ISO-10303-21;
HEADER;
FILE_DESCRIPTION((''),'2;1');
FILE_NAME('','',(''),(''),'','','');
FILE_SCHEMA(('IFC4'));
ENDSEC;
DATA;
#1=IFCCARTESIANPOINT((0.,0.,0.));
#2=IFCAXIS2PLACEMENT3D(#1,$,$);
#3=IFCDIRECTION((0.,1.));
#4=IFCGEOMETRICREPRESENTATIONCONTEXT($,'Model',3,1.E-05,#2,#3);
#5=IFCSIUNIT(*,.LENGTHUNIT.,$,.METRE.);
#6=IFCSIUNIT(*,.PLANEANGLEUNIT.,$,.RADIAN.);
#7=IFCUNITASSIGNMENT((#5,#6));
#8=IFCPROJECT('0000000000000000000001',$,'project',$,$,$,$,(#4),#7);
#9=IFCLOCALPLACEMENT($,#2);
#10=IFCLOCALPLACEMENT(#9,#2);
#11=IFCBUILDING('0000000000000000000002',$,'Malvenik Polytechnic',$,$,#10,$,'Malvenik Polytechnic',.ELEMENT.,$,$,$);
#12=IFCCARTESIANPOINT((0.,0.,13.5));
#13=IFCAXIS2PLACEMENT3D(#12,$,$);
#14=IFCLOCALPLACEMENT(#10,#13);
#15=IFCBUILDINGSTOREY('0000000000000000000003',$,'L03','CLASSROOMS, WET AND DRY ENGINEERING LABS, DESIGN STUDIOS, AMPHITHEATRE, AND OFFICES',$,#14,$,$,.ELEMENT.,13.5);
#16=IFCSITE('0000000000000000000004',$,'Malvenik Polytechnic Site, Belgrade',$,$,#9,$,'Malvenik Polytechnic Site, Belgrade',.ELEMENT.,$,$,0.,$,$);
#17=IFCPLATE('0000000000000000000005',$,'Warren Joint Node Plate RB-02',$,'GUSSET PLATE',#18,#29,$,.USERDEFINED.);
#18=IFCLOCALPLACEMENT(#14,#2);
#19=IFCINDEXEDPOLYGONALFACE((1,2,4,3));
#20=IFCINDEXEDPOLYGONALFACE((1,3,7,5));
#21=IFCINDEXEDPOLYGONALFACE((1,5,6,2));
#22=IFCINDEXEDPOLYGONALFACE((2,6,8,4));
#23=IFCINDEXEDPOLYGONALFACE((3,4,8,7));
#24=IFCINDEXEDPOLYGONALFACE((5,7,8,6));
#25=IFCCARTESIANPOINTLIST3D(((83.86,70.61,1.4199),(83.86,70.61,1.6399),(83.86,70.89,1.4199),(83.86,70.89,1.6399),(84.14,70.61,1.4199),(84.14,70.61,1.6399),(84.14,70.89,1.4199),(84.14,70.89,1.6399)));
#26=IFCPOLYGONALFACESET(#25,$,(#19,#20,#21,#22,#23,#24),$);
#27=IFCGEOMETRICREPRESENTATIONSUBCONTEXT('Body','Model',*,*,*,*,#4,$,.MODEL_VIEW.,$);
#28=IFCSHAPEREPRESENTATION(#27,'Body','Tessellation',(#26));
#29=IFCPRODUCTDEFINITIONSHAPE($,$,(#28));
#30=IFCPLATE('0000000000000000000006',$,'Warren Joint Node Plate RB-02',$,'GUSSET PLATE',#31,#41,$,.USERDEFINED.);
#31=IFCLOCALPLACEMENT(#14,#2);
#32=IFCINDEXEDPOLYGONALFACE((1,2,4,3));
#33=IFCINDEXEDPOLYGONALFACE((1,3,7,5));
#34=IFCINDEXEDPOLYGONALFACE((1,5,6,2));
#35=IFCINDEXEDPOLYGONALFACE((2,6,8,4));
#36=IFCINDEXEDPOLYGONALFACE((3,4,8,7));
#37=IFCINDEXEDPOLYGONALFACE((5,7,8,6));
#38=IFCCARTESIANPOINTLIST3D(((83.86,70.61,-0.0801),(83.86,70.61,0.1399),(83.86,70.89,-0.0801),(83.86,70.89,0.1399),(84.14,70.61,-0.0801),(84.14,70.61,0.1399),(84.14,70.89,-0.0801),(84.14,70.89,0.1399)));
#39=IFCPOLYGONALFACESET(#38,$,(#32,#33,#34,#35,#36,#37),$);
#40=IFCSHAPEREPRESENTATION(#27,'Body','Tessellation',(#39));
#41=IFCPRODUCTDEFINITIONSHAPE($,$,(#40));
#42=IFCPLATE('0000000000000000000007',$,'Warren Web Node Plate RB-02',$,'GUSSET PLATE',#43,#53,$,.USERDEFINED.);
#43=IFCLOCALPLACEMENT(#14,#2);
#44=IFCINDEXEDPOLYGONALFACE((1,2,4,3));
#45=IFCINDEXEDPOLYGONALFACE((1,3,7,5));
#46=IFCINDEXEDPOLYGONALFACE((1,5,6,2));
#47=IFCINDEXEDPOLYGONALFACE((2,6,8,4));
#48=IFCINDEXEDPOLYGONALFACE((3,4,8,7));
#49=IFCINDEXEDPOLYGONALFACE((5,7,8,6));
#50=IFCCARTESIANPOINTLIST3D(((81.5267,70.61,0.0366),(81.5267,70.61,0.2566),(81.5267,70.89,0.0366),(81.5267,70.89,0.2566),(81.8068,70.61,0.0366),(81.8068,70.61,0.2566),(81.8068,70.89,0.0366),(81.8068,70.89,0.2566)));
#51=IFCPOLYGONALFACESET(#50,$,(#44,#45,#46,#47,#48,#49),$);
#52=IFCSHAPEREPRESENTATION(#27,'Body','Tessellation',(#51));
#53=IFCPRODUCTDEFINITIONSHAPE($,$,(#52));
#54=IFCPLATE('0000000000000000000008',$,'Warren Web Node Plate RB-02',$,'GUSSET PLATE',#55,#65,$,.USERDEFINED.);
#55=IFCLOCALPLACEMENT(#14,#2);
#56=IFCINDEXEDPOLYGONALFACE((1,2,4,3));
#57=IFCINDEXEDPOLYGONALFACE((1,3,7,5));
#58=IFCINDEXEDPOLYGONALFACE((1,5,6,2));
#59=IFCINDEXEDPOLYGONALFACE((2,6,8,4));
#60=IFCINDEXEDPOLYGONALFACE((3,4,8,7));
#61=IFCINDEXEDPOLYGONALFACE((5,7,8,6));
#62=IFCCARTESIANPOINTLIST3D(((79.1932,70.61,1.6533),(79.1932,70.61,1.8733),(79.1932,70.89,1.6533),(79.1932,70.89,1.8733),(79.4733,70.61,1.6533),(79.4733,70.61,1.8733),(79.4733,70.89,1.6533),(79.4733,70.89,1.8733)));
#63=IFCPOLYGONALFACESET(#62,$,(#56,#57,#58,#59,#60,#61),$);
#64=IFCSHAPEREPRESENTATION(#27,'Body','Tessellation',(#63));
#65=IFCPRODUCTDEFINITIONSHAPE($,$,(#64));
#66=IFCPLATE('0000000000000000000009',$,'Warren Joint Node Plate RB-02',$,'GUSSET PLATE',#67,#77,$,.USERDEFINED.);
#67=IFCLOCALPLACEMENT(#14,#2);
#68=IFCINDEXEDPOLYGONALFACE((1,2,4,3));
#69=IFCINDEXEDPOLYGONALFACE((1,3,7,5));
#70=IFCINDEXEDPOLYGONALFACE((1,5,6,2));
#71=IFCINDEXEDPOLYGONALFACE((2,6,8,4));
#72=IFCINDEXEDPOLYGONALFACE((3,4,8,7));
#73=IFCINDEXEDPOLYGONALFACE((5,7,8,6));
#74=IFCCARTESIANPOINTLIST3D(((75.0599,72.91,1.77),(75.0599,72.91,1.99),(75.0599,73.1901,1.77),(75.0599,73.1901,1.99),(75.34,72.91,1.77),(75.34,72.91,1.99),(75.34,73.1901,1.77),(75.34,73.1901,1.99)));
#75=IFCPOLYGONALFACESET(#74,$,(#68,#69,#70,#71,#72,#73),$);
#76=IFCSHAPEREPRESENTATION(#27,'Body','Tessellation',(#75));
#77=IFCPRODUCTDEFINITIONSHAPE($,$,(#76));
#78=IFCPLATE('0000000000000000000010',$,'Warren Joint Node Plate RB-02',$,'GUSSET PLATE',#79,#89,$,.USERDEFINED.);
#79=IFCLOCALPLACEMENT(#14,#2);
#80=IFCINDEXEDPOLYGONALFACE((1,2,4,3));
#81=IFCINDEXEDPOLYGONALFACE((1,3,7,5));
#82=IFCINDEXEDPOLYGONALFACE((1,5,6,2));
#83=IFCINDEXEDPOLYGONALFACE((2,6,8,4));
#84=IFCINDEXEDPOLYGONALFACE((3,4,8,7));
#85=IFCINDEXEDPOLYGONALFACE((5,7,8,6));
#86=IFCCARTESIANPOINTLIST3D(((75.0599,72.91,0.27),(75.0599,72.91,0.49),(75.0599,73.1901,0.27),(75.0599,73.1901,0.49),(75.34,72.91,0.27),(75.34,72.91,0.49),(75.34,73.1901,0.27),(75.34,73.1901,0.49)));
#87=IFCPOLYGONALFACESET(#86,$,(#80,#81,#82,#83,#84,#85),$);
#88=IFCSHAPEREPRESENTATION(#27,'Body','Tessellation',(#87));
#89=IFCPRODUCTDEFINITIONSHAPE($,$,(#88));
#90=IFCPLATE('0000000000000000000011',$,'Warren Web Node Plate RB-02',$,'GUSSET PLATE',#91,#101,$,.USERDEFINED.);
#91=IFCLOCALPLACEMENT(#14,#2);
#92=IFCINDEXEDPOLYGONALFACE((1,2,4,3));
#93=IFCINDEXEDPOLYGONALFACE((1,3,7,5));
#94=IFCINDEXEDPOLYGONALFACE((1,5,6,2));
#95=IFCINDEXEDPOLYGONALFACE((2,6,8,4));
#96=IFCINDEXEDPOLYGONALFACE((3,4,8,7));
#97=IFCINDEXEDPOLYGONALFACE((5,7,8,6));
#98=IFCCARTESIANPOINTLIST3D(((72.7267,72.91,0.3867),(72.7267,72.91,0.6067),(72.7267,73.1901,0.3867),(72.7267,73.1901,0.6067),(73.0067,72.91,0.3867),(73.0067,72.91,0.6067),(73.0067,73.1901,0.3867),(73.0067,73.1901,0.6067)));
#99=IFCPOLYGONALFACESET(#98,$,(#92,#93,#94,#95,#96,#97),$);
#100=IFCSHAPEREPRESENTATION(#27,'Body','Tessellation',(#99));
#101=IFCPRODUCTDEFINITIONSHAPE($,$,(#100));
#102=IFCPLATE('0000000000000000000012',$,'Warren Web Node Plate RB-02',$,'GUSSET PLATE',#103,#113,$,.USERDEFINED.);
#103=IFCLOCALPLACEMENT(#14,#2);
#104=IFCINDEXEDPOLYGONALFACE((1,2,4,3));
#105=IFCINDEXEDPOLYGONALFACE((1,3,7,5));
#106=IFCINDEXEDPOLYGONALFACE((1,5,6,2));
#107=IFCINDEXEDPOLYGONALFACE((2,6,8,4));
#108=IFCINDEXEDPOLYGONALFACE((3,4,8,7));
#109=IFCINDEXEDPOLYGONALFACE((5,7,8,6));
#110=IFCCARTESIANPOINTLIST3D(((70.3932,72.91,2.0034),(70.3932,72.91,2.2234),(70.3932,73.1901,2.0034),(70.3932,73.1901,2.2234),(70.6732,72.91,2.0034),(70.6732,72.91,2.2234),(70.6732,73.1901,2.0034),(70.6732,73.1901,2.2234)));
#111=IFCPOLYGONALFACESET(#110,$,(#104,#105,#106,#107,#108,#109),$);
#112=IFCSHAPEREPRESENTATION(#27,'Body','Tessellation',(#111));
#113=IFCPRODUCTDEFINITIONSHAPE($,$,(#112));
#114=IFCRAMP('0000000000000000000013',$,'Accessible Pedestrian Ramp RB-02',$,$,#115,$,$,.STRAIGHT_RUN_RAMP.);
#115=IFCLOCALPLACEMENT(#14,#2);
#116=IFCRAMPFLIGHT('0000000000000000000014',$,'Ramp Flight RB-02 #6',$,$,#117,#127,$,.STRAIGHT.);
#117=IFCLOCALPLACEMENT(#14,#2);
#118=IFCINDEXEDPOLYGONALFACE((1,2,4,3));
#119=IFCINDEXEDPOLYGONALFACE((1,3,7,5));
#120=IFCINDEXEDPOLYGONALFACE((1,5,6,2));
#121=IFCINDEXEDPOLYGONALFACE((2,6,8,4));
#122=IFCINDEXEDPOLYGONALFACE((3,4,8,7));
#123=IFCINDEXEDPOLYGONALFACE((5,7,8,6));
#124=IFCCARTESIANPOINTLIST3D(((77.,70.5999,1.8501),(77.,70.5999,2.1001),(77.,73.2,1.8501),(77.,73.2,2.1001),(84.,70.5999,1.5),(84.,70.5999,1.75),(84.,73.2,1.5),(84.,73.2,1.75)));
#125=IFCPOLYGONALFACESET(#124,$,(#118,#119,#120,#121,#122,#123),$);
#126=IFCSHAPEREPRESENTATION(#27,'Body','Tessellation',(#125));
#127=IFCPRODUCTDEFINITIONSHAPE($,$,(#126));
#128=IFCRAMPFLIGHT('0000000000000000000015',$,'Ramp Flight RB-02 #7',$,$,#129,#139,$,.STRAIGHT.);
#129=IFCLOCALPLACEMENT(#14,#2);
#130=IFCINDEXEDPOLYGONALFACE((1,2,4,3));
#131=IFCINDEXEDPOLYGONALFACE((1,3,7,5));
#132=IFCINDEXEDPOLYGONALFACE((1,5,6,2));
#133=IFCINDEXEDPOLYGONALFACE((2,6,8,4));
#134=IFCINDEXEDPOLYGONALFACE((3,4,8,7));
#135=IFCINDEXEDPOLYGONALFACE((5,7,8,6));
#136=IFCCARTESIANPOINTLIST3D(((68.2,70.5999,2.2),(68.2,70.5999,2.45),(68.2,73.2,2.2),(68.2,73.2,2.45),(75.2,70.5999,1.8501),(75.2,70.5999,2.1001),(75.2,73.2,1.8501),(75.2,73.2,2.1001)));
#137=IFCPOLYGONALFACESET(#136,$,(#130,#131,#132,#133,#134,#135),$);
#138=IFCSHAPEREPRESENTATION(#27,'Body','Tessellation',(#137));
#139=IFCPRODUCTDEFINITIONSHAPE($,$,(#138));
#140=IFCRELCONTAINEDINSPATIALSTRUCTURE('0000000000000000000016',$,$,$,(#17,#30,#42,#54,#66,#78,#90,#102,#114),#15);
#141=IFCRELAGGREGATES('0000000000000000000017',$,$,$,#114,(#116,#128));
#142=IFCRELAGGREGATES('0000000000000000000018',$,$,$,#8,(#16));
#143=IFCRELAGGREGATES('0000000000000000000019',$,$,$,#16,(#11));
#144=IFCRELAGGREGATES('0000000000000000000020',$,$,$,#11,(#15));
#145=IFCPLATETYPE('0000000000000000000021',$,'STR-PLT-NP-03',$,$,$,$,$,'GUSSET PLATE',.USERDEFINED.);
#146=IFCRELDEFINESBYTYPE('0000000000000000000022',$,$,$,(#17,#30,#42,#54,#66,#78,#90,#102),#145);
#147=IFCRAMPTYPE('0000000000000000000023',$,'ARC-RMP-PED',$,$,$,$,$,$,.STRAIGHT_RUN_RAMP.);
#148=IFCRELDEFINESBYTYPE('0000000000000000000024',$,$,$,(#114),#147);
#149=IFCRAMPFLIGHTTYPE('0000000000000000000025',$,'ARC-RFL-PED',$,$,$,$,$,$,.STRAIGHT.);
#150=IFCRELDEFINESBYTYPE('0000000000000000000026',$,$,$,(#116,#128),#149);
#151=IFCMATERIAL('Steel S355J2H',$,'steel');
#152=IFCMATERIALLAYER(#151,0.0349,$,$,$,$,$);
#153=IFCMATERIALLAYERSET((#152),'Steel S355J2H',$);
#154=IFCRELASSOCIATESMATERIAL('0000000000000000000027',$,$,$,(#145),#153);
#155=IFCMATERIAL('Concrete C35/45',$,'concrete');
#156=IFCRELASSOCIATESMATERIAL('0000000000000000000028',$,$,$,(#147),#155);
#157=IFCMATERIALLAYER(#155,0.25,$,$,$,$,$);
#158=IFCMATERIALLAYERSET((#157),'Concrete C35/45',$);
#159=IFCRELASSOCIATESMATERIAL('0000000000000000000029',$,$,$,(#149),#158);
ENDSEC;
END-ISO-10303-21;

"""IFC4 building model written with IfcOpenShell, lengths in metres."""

from ifc_helpers import new_model, si_unit, direction, frame, origin, origin_2d, place, context, subcontext, project, spatial, polyline, rectangle, outline, extrude, material, layer, layer_set, type_object, element, aggregate, save


model = new_model("IFC4")

# Units and contexts
model_context = context("Model", 3, precision=1e-05, world=origin(), true_north=direction((0.0, 1.0)))
body_context = subcontext(model_context, "Body", "Model", "MODEL_VIEW")
ifc_project = project(units=[si_unit("LENGTHUNIT", "METRE"), si_unit("PLANEANGLEUNIT", "RADIAN")], contexts=[model_context])

# Site, building, storey
site_placement = place(None, origin())
site = spatial("IfcSite", under=ifc_project, at=site_placement, Name="Malvenik Polytechnic Site, Belgrade", LongName="Malvenik Polytechnic Site, Belgrade", CompositionType="ELEMENT", RefElevation=0.0)
building_placement = place(site_placement, origin())
building = spatial("IfcBuilding", under=site, at=building_placement, Name="Malvenik Polytechnic", LongName="Malvenik Polytechnic", CompositionType="ELEMENT")
storey_placement = place(building_placement, frame((0.0, 0.0, 13.5)))
storey = spatial("IfcBuildingStorey", under=building, at=storey_placement, Name="L03", Description="CLASSROOMS, WET AND DRY ENGINEERING LABS, DESIGN STUDIOS, AMPHITHEATRE, AND OFFICES", CompositionType="ELEMENT", Elevation=13.5)

# Shared definitions
ifc_material_1 = material(Name="Steel S355J2H", Category="steel")

# Plates
ifc_layer_1 = layer(ifc_material_1, 0.0349)
ifc_layer_set_1 = layer_set([ifc_layer_1], Name="Steel S355J2H")
plate_type = type_object("IfcPlateType", Name="STR-PLT-NP-03", ElementType="GUSSET PLATE", PredefinedType="USERDEFINED", material=ifc_layer_set_1)
for number, where, z_axis, x_axis, name in (
    (1, (84.0, 70.75, 1.4199), (0.0, 0.0, 1.0), (1.0, 0.0, 0.0), "Warren Joint Node Plate RB-02"),
    (2, (84.0, 70.75, -0.0801), (0.0, 0.0, 1.0), (1.0, 0.0, 0.0), "Warren Joint Node Plate RB-02"),
    (3, (81.6667, 70.75, 0.0366), (0.0, 0.0, 1.0), (1.0, 0.0, 0.0), "Warren Web Node Plate RB-02"),
    (4, (79.3333, 70.75, 1.6533), (0.0, 0.0, 1.0), (1.0, 0.0, 0.0), "Warren Web Node Plate RB-02"),
    (5, (75.2, 73.05, 1.77), (0.0, 0.0, 1.0), (1.0, 0.0, 0.0), "Warren Joint Node Plate RB-02"),
    (6, (75.2, 73.05, 0.27), (0.0, 0.0, 1.0), (1.0, 0.0, 0.0), "Warren Joint Node Plate RB-02"),
    (7, (72.8667, 73.05, 0.3867), (0.0, 0.0, 1.0), (1.0, 0.0, 0.0), "Warren Web Node Plate RB-02"),
    (8, (70.5332, 73.05, 2.0034), (0.0, 0.0, 1.0), (1.0, 0.0, 0.0), "Warren Web Node Plate RB-02"),
):
    element("IfcPlate", number, at=place(storey_placement, frame(where, z_axis=z_axis, x_axis=x_axis)), inside=storey, type_object=plate_type, Name=name, ObjectType="GUSSET PLATE", PredefinedType="USERDEFINED", context=body_context, shape_type="SweptSolid", body=[
        extrude(rectangle(XDim=0.28, YDim=0.28, at=origin_2d()), origin(), (0.0, 0.0, 1.0), 0.22),
    ])

# Ramp, ramp flights
ifc_material_2 = material(Name="Concrete C35/45", Category="concrete")
ramp_type = type_object("IfcRampType", Name="ARC-RMP-PED", PredefinedType="STRAIGHT_RUN_RAMP", material=ifc_material_2)
ramp_placement = place(storey_placement, origin())
ramp = element("IfcRamp", 9, at=ramp_placement, inside=storey, type_object=ramp_type, Name="Accessible Pedestrian Ramp RB-02", PredefinedType="STRAIGHT_RUN_RAMP")
ifc_layer_2 = layer(ifc_material_2, 0.25)
ifc_layer_set_2 = layer_set([ifc_layer_2], Name="Concrete C35/45")
ramp_flight_type = type_object("IfcRampFlightType", Name="ARC-RFL-PED", PredefinedType="STRAIGHT", material=ifc_layer_set_2)
ramp_flight_1_placement = place(storey_placement, frame((84.0, 71.8999, 1.75), z_axis=(0.0, 0.0, 1.0), x_axis=(-1.0, 0.0, 0.0)))
ramp_flight_1 = element("IfcRampFlight", 10, at=ramp_flight_1_placement, type_object=ramp_flight_type, Name="Ramp Flight RB-02 #6", PredefinedType="STRAIGHT", context=body_context, shape_type="SweptSolid", body=[
    extrude(outline(polyline([(0.0, -0.25), (7.0, 0.1001), (7.0, 0.3501), (0.0, 0.0), (0.0, -0.25)])), frame((0.0, 1.3, 0.0), z_axis=(0.0, -1.0, 0.0), x_axis=(1.0, 0.0, 0.0)), (0.0, 0.0, 1.0), 2.6001),
])
ramp_flight_2_placement = place(storey_placement, frame((75.2, 71.8999, 2.1001), z_axis=(0.0, 0.0, 1.0), x_axis=(-1.0, 0.0, 0.0)))
ramp_flight_2 = element("IfcRampFlight", 11, at=ramp_flight_2_placement, type_object=ramp_flight_type, Name="Ramp Flight RB-02 #7", PredefinedType="STRAIGHT", context=body_context, shape_type="SweptSolid", body=[
    extrude(outline(polyline([(0.0, -0.25), (7.0, 0.0999), (7.0, 0.3499), (0.0, 0.0), (0.0, -0.25)])), frame((0.0, 1.3, 0.0), z_axis=(0.0, -1.0, 0.0), x_axis=(1.0, 0.0, 0.0)), (0.0, 0.0, 1.0), 2.6001),
])
aggregate(ramp, [ramp_flight_1, ramp_flight_2])

save(model, "model.ifc")
